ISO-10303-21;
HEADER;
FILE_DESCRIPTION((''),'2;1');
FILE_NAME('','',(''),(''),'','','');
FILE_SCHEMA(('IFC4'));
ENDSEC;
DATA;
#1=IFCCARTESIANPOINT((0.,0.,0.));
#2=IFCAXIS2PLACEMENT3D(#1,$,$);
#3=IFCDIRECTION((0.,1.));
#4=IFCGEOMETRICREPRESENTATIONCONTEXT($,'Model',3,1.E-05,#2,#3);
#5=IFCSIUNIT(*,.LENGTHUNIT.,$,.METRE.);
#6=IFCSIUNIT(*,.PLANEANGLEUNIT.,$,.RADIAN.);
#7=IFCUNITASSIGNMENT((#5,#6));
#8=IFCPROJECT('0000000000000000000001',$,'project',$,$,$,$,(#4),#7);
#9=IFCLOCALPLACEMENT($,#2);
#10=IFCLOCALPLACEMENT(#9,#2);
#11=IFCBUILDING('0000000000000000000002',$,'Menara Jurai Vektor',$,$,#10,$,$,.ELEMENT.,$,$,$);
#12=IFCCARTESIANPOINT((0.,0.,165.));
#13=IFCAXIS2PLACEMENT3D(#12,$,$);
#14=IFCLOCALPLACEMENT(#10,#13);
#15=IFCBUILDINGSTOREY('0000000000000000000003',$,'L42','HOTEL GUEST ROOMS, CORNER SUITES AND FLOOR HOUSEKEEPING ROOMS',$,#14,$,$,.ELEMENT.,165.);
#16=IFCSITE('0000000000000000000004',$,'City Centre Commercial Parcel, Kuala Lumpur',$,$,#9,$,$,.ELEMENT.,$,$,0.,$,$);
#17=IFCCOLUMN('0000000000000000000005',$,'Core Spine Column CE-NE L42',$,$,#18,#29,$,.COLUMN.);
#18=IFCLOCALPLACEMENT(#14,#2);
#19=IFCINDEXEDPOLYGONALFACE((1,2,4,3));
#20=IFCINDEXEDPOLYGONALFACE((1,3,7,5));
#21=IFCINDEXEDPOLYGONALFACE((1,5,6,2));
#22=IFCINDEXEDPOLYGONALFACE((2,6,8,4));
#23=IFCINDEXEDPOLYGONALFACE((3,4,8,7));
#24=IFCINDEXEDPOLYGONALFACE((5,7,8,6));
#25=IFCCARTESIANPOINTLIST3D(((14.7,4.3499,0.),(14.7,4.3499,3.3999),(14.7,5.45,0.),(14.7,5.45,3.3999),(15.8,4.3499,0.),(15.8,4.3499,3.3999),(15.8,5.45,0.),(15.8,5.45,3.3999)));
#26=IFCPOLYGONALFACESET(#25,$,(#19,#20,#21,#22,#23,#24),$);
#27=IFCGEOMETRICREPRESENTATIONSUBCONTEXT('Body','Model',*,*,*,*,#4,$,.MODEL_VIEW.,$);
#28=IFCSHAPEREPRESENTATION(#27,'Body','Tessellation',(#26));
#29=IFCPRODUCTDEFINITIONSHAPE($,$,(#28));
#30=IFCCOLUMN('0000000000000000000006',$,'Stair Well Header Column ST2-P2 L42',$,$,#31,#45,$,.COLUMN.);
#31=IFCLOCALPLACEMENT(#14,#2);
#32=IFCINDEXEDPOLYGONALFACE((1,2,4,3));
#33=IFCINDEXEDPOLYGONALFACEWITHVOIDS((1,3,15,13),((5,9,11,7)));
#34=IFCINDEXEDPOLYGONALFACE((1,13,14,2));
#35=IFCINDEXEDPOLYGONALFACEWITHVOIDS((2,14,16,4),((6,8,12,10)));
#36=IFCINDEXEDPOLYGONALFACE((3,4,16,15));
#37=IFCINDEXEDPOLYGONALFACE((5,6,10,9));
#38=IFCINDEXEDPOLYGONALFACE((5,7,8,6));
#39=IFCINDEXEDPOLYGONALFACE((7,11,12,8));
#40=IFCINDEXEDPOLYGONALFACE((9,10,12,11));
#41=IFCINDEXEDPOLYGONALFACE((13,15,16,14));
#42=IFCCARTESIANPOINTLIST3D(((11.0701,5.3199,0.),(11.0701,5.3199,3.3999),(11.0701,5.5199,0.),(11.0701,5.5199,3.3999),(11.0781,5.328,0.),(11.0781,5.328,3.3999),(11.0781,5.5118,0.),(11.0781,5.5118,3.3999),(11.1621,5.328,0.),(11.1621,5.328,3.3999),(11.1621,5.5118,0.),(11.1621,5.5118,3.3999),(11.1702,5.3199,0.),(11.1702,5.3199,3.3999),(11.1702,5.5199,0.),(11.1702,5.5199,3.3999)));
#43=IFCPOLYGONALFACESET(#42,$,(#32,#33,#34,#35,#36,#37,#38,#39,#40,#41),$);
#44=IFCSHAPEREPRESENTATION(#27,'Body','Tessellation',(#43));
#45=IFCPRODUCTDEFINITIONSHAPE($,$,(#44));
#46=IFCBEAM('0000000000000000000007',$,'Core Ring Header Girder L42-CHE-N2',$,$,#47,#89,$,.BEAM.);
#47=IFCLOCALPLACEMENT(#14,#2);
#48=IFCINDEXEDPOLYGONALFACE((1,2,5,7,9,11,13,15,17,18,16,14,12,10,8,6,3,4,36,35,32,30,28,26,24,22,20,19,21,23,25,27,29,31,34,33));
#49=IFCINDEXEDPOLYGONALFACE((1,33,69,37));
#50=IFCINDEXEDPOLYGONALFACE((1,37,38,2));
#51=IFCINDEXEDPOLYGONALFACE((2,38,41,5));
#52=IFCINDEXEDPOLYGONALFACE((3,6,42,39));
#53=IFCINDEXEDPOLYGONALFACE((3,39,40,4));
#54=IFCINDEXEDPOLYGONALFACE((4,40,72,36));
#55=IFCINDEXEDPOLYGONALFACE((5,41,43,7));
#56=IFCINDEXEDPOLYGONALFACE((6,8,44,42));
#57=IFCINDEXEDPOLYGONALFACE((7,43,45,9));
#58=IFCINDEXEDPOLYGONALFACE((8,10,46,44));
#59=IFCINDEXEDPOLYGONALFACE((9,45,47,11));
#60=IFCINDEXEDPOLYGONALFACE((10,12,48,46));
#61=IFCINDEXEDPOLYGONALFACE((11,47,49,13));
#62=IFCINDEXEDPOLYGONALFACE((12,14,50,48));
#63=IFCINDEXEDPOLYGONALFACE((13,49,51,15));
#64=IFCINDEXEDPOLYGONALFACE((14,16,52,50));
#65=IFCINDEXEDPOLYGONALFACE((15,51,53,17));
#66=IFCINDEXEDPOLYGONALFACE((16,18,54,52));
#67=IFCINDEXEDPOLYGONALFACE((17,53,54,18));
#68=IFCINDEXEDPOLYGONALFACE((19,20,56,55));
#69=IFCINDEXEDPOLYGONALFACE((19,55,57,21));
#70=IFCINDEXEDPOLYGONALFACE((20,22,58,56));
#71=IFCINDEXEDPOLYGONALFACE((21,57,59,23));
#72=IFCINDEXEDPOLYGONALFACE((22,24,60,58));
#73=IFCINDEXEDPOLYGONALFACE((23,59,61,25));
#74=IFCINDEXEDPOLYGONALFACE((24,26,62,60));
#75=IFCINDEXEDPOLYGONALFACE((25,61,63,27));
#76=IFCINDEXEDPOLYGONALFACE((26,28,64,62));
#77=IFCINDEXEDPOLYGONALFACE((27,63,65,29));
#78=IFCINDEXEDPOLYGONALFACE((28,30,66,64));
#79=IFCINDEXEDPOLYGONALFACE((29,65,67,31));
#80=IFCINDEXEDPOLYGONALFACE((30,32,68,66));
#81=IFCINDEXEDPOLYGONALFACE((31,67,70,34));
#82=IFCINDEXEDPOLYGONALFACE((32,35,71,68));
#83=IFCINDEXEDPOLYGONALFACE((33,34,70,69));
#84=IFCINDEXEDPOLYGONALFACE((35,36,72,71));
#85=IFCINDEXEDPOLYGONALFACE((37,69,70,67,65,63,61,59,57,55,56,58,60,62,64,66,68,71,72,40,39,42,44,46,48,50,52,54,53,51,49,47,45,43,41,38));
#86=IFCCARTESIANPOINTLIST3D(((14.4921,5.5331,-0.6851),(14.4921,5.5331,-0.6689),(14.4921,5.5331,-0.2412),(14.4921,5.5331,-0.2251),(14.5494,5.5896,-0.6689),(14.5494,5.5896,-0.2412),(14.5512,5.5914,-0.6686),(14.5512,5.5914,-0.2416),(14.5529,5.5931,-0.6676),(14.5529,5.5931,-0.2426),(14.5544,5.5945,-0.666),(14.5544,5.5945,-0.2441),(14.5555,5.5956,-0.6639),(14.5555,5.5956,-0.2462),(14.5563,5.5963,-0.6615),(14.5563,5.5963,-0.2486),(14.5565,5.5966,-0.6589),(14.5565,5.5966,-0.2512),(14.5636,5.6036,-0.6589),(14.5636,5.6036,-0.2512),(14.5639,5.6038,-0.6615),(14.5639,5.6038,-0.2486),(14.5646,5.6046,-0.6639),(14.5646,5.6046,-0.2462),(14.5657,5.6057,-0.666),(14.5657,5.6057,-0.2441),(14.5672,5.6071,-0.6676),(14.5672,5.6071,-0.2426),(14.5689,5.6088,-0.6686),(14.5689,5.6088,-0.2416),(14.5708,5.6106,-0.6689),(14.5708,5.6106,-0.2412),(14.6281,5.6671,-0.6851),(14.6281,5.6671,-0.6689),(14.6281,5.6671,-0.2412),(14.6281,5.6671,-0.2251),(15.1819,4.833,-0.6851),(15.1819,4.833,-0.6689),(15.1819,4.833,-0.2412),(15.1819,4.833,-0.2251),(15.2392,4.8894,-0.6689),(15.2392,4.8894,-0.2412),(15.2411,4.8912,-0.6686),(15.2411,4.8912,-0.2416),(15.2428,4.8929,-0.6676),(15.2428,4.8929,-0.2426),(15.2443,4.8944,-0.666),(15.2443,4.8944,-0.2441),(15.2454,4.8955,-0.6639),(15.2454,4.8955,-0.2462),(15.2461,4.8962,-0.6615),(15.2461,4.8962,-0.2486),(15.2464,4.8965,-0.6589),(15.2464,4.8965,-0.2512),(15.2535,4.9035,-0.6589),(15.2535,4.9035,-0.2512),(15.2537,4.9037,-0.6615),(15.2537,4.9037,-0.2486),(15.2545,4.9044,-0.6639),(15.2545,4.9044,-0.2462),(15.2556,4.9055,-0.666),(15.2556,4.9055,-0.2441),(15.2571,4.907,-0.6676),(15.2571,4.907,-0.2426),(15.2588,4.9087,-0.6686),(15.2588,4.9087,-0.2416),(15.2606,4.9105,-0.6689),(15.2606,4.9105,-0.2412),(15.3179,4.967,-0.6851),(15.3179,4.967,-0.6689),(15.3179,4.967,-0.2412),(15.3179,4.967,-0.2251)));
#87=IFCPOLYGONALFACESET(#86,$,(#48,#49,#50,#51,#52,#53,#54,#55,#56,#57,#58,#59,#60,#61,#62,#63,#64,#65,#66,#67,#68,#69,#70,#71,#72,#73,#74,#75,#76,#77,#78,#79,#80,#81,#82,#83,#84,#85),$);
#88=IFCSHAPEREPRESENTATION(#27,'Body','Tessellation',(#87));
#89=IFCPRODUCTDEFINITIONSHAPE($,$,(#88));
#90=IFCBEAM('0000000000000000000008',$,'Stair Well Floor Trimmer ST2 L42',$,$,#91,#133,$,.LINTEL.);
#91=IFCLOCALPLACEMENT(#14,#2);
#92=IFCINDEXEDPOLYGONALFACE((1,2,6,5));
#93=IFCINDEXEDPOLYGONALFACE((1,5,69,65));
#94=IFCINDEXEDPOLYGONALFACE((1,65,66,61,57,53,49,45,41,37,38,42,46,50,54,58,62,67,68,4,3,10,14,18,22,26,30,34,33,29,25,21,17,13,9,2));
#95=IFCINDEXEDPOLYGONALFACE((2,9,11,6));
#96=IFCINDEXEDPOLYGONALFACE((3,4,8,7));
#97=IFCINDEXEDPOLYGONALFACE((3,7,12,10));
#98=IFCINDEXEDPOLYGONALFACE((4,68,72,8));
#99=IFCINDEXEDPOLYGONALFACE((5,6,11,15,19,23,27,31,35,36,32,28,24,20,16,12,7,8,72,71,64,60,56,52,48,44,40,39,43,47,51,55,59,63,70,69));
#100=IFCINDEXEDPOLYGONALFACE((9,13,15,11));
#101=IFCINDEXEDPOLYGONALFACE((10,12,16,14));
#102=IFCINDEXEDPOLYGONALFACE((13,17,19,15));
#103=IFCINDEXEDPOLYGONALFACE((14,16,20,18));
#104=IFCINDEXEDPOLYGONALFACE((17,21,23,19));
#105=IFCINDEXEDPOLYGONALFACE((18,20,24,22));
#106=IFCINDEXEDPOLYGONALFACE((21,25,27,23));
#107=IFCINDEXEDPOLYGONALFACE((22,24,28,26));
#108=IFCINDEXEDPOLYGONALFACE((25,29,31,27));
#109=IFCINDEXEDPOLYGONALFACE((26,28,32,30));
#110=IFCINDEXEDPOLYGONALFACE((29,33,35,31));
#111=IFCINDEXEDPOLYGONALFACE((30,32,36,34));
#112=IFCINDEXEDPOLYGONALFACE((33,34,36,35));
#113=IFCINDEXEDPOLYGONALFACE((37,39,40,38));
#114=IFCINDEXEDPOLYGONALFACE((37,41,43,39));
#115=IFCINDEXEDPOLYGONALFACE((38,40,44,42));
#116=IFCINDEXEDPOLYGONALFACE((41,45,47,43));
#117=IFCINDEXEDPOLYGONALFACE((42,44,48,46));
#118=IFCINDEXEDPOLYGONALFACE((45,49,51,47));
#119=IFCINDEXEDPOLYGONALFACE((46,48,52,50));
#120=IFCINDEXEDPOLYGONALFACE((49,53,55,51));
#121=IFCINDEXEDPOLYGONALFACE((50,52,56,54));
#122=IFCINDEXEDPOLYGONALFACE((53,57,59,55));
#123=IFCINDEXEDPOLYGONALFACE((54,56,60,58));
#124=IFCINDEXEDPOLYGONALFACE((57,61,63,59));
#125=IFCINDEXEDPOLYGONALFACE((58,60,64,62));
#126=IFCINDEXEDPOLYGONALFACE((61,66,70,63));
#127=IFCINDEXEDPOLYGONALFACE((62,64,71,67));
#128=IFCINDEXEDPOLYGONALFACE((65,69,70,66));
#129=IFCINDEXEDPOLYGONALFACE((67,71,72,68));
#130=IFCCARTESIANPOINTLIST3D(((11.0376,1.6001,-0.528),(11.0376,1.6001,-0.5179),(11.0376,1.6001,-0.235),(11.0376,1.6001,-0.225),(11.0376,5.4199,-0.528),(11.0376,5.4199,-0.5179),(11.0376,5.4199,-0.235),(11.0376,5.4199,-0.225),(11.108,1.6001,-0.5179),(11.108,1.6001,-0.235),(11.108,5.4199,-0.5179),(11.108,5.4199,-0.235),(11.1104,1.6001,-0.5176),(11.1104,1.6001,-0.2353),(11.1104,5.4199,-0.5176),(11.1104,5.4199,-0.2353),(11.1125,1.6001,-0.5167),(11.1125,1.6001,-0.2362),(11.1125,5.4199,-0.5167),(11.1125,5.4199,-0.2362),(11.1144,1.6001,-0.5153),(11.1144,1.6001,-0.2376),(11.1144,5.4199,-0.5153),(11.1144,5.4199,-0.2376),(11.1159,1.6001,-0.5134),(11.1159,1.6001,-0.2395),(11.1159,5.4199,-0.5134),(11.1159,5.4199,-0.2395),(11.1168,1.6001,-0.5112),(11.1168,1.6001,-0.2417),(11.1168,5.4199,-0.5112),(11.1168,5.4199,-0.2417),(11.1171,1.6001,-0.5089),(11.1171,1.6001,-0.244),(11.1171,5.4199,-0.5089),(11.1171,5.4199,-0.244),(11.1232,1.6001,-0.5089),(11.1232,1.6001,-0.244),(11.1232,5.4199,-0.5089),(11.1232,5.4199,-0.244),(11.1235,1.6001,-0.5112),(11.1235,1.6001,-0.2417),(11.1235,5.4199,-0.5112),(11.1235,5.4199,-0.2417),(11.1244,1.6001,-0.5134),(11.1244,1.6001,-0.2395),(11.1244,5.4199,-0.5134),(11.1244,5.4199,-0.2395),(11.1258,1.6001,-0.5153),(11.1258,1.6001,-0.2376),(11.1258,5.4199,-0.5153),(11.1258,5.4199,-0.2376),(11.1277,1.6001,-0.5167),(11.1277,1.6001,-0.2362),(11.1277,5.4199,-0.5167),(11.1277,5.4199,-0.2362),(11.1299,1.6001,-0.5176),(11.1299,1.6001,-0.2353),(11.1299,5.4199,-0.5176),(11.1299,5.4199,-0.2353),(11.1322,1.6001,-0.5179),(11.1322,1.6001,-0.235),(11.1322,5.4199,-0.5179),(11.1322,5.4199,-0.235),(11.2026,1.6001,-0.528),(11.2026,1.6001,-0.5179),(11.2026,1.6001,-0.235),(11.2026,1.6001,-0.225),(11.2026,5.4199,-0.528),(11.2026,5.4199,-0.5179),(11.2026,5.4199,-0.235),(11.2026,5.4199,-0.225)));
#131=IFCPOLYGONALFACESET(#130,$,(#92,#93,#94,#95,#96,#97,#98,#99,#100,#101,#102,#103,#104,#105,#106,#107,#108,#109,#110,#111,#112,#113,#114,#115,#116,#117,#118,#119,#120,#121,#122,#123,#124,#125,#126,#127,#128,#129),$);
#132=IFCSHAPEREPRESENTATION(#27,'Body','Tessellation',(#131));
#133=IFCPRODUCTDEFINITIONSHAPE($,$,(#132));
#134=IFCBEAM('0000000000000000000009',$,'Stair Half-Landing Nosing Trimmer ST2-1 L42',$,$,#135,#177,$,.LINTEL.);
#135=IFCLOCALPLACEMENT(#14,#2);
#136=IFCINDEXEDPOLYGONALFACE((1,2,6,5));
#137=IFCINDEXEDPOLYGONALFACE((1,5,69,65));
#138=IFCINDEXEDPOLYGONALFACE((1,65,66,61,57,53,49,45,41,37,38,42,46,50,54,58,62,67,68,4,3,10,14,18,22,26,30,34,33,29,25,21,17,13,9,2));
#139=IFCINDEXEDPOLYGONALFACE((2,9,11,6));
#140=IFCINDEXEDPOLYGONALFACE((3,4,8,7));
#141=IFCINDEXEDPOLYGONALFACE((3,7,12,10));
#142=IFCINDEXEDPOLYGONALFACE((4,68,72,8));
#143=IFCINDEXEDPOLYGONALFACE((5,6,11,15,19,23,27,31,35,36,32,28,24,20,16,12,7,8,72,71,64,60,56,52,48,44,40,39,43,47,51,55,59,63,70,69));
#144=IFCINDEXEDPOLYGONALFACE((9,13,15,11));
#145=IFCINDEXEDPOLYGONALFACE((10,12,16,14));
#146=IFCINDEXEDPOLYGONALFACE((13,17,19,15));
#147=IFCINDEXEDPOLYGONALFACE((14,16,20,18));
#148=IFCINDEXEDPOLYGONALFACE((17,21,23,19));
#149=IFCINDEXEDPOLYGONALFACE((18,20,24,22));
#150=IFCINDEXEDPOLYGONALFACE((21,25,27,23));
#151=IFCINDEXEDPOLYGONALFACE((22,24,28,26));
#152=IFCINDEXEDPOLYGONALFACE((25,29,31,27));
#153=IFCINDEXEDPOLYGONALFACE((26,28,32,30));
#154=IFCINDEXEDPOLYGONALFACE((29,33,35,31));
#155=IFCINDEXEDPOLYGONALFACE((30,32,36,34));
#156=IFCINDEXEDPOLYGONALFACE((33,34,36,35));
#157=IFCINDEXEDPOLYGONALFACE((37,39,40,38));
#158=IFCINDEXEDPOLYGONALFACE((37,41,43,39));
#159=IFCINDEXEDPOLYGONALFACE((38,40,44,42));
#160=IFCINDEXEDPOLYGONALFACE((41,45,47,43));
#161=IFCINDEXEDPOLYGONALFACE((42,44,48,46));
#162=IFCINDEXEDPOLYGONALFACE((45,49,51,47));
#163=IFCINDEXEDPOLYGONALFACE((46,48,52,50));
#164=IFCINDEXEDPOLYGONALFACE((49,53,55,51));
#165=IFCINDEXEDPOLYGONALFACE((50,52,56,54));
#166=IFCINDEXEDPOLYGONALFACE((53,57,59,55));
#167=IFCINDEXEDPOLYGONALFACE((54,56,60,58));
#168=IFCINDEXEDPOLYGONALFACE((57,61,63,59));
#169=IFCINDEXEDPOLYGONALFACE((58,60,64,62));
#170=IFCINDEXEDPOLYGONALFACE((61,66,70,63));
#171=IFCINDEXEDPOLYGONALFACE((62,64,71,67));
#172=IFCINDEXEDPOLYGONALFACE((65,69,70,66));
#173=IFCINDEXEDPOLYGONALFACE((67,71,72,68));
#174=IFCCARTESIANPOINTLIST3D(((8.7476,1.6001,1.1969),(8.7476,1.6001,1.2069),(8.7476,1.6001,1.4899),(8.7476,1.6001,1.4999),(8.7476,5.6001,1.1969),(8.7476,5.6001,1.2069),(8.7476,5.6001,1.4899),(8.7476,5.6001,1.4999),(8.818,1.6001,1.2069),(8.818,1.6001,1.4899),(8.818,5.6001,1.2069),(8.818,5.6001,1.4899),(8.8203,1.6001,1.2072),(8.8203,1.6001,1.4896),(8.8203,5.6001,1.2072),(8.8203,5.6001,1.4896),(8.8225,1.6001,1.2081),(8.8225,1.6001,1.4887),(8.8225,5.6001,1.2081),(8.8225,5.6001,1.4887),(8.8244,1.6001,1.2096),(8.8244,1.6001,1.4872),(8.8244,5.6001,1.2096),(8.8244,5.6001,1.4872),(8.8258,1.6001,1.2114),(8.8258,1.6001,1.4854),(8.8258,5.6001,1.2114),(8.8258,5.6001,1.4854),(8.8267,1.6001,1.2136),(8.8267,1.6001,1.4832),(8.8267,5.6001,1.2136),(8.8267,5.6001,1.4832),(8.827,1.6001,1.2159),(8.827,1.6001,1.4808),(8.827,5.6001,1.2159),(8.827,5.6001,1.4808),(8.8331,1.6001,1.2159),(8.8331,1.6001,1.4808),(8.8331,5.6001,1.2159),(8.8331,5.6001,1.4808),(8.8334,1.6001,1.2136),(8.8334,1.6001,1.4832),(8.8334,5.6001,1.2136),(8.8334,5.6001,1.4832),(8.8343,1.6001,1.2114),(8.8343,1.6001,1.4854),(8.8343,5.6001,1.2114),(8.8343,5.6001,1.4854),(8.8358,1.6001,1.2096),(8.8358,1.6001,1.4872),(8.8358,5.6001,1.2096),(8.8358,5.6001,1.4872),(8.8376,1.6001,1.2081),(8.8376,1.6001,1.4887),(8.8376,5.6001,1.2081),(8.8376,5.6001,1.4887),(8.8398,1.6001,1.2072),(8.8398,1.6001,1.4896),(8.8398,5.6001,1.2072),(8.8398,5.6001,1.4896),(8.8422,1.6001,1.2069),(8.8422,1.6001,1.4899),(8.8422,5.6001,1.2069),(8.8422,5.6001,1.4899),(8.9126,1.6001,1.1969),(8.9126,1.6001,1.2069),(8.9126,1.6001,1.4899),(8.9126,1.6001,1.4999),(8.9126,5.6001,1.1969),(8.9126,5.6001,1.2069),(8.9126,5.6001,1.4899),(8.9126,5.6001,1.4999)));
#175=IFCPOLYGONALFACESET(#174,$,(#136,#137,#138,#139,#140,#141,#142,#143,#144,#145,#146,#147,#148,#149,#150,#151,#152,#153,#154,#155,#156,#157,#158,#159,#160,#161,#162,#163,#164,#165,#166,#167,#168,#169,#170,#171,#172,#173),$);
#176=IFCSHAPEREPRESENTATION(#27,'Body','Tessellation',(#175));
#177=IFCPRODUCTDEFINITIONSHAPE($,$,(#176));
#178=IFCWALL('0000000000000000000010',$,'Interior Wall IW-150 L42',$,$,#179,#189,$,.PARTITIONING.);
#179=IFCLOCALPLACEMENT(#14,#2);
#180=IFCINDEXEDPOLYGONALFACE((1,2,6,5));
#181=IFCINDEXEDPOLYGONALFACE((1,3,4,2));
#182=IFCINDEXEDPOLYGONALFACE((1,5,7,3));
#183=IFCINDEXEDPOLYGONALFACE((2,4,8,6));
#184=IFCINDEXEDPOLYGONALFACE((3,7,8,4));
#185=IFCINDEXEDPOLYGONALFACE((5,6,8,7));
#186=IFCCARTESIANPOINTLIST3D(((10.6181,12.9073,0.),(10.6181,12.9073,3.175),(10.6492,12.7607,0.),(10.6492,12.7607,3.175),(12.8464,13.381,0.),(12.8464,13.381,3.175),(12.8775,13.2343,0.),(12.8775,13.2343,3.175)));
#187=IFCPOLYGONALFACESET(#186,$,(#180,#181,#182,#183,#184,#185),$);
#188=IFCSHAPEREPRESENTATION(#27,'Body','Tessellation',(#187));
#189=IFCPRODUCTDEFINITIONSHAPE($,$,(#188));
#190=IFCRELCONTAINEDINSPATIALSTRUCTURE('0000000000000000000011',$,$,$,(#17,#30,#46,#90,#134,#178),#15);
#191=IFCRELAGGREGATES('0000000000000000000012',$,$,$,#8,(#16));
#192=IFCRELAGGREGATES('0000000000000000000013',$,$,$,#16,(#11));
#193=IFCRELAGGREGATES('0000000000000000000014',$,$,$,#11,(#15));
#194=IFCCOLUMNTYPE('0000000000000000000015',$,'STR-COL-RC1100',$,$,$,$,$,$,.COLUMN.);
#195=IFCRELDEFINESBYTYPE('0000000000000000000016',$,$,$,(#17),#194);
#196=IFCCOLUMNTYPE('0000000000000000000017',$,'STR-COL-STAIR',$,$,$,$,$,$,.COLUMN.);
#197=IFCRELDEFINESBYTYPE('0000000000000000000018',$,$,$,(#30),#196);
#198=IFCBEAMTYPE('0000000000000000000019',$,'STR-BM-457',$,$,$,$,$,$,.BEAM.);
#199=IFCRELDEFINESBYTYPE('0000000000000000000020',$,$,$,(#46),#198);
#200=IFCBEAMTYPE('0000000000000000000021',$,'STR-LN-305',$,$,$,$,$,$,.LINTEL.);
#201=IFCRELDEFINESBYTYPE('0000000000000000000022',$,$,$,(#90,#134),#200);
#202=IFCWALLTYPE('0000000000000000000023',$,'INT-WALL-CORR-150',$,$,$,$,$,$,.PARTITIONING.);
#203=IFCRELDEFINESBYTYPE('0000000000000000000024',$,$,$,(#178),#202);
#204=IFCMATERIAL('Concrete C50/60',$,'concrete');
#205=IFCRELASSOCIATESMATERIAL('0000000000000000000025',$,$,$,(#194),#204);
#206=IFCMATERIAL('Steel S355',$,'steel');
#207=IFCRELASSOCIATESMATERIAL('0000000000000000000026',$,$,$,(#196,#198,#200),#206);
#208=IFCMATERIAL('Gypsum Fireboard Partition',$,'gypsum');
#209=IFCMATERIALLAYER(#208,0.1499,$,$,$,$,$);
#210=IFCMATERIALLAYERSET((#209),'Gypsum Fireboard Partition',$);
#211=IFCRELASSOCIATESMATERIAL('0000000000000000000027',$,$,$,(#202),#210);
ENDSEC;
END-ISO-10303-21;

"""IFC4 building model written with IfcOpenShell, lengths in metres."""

from ifc_helpers import new_model, si_unit, direction, frame, frame_2d, origin, origin_2d, place, context, subcontext, project, spatial, rectangle, hollow_rectangle, i_section, extrude, material, layer, layer_set, material_profile, profile_set, type_object, element, save


model = new_model("IFC4")

# Units and contexts
model_context = context("Model", 3, precision=1e-05, world=origin(), true_north=direction((0.0, 1.0)))
body_context = subcontext(model_context, "Body", "Model", "MODEL_VIEW")
ifc_project = project(units=[si_unit("LENGTHUNIT", "METRE"), si_unit("PLANEANGLEUNIT", "RADIAN")], contexts=[model_context])

# Site, building, storey
site_placement = place(None, origin())
site = spatial("IfcSite", under=ifc_project, at=site_placement, Name="City Centre Commercial Parcel, Kuala Lumpur", CompositionType="ELEMENT", RefElevation=0.0)
building_placement = place(site_placement, origin())
building = spatial("IfcBuilding", under=site, at=building_placement, Name="Menara Jurai Vektor", CompositionType="ELEMENT")
storey_placement = place(building_placement, frame((0.0, 0.0, 165.0)))
storey = spatial("IfcBuildingStorey", under=building, at=storey_placement, Name="L42", Description="HOTEL GUEST ROOMS, CORNER SUITES AND FLOOR HOUSEKEEPING ROOMS", CompositionType="ELEMENT", Elevation=165.0)

# Columns
ifc_material_1 = material(Name="Concrete C50/60", Category="concrete")
ifc_material_profile_1 = material_profile(ifc_material_1, rectangle(XDim=1.1001, YDim=1.1001, at=origin_2d()), Name="RC 1100x1100")
ifc_profile_set_1 = profile_set([ifc_material_profile_1], Name="Concrete C50/60")
column_type_1 = type_object("IfcColumnType", Name="STR-COL-RC1100", PredefinedType="COLUMN", material=ifc_profile_set_1)
column_1_placement = place(storey_placement, frame((15.25, 4.8999, 0.0), z_axis=(0.0, 0.0, 1.0), x_axis=(1.0, 0.0, 0.0)))
element("IfcColumn", 1, at=column_1_placement, inside=storey, type_object=column_type_1, Name="Core Spine Column CE-NE L42", PredefinedType="COLUMN", context=body_context, shape_type="SweptSolid", body=[
    extrude(rectangle(XDim=1.1001, YDim=1.1001, at=origin_2d()), origin(), (0.0, 0.0, 1.0), 3.3999),
])
ifc_material_2 = material(Name="Steel S355", Category="steel")
ifc_material_profile_2 = material_profile(ifc_material_2, hollow_rectangle(XDim=0.1001, YDim=0.2, WallThickness=0.0081, at=origin_2d()), Name="RHS 200x100x8")
ifc_profile_set_2 = profile_set([ifc_material_profile_2], Name="Steel S355")
column_type_2 = type_object("IfcColumnType", Name="STR-COL-STAIR", PredefinedType="COLUMN", material=ifc_profile_set_2)
column_2_placement = place(storey_placement, frame((11.1201, 5.4199, 0.0), z_axis=(0.0, 0.0, 1.0), x_axis=(1.0, 0.0, 0.0)))
element("IfcColumn", 2, at=column_2_placement, inside=storey, type_object=column_type_2, Name="Stair Well Header Column ST2-P2 L42", PredefinedType="COLUMN", context=body_context, shape_type="SweptSolid", body=[
    extrude(hollow_rectangle(XDim=0.1001, YDim=0.2, WallThickness=0.0081, at=origin_2d()), origin(), (0.0, 0.0, 1.0), 3.3999),
])

# Beams
ifc_material_profile_3 = material_profile(ifc_material_2, i_section(OverallWidth=0.1909, OverallDepth=0.46, WebThickness=0.01, FlangeThickness=0.0161, FilletRadius=0.01, at=origin_2d()), Name="UKB 457x191x82")
ifc_profile_set_3 = profile_set([ifc_material_profile_3], Name="Steel S355")
beam_type_1 = type_object("IfcBeamType", Name="STR-BM-457", PredefinedType="BEAM", material=ifc_profile_set_3)
beam_1_placement = place(storey_placement, frame((14.5601, 5.6001, -0.4551), z_axis=(0.701872, -0.712303, 0.0), x_axis=(0.712303, 0.701872, 0.0)))
element("IfcBeam", 3, at=beam_1_placement, inside=storey, type_object=beam_type_1, Name="Core Ring Header Girder L42-CHE-N2", PredefinedType="BEAM", context=body_context, shape_type="SweptSolid", body=[
    extrude(i_section(OverallWidth=0.1909, OverallDepth=0.46, WebThickness=0.01, FlangeThickness=0.0161, FilletRadius=0.01, at=origin_2d()), origin(), (0.0, 0.0, 1.0), 0.9829),
])
ifc_material_profile_4 = material_profile(ifc_material_2, i_section(OverallWidth=0.165, OverallDepth=0.303, WebThickness=0.0061, FlangeThickness=0.01, FilletRadius=0.009, at=origin_2d()), Name="UKB 305x165x40")
ifc_profile_set_4 = profile_set([ifc_material_profile_4], Name="Steel S355")
beam_type_2 = type_object("IfcBeamType", Name="STR-LN-305", PredefinedType="LINTEL", material=ifc_profile_set_4)
beam_2_placement = place(storey_placement, frame((11.1201, 1.6001, -0.3765), z_axis=(0.0, 1.0, 0.0), x_axis=(-1.0, 0.0, 0.0)))
element("IfcBeam", 4, at=beam_2_placement, inside=storey, type_object=beam_type_2, Name="Stair Well Floor Trimmer ST2 L42", PredefinedType="LINTEL", context=body_context, shape_type="SweptSolid", body=[
    extrude(i_section(OverallWidth=0.165, OverallDepth=0.303, WebThickness=0.0061, FlangeThickness=0.01, FilletRadius=0.009, at=origin_2d()), origin(), (0.0, 0.0, 1.0), 3.8198),
])
beam_3_placement = place(storey_placement, frame((8.8301, 1.6001, 1.3484), z_axis=(0.0, 1.0, 0.0), x_axis=(-1.0, 0.0, 0.0)))
element("IfcBeam", 5, at=beam_3_placement, inside=storey, type_object=beam_type_2, Name="Stair Half-Landing Nosing Trimmer ST2-1 L42", PredefinedType="LINTEL", context=body_context, shape_type="SweptSolid", body=[
    extrude(i_section(OverallWidth=0.165, OverallDepth=0.303, WebThickness=0.0061, FlangeThickness=0.01, FilletRadius=0.009, at=origin_2d()), origin(), (0.0, 0.0, 1.0), 4.0),
])

# Shared definitions
ifc_material_3 = material(Name="Gypsum Fireboard Partition", Category="gypsum")
ifc_layer_1 = layer(ifc_material_3, 0.1499)
ifc_layer_set_1 = layer_set([ifc_layer_1], Name="Gypsum Fireboard Partition")
wall_type_1 = type_object("IfcWallType", Name="INT-WALL-CORR-150", PredefinedType="PARTITIONING", material=ifc_layer_set_1)

# Wall
wall_1_placement = place(storey_placement, frame((10.6335, 12.834, 0.0), z_axis=(0.0, 0.0, 1.0), x_axis=(0.978148, 0.207911, 0.0)))
element("IfcWall", 6, at=wall_1_placement, inside=storey, type_object=wall_type_1, Name="Interior Wall IW-150 L42", PredefinedType="PARTITIONING", context=body_context, shape_type="SweptSolid", body=[
    extrude(rectangle(XDim=2.2781, YDim=0.1499, at=frame_2d((1.1392, 0.0))), origin(), (0.0, 0.0, 1.0), 3.175),
])

save(model, "model.ifc")
